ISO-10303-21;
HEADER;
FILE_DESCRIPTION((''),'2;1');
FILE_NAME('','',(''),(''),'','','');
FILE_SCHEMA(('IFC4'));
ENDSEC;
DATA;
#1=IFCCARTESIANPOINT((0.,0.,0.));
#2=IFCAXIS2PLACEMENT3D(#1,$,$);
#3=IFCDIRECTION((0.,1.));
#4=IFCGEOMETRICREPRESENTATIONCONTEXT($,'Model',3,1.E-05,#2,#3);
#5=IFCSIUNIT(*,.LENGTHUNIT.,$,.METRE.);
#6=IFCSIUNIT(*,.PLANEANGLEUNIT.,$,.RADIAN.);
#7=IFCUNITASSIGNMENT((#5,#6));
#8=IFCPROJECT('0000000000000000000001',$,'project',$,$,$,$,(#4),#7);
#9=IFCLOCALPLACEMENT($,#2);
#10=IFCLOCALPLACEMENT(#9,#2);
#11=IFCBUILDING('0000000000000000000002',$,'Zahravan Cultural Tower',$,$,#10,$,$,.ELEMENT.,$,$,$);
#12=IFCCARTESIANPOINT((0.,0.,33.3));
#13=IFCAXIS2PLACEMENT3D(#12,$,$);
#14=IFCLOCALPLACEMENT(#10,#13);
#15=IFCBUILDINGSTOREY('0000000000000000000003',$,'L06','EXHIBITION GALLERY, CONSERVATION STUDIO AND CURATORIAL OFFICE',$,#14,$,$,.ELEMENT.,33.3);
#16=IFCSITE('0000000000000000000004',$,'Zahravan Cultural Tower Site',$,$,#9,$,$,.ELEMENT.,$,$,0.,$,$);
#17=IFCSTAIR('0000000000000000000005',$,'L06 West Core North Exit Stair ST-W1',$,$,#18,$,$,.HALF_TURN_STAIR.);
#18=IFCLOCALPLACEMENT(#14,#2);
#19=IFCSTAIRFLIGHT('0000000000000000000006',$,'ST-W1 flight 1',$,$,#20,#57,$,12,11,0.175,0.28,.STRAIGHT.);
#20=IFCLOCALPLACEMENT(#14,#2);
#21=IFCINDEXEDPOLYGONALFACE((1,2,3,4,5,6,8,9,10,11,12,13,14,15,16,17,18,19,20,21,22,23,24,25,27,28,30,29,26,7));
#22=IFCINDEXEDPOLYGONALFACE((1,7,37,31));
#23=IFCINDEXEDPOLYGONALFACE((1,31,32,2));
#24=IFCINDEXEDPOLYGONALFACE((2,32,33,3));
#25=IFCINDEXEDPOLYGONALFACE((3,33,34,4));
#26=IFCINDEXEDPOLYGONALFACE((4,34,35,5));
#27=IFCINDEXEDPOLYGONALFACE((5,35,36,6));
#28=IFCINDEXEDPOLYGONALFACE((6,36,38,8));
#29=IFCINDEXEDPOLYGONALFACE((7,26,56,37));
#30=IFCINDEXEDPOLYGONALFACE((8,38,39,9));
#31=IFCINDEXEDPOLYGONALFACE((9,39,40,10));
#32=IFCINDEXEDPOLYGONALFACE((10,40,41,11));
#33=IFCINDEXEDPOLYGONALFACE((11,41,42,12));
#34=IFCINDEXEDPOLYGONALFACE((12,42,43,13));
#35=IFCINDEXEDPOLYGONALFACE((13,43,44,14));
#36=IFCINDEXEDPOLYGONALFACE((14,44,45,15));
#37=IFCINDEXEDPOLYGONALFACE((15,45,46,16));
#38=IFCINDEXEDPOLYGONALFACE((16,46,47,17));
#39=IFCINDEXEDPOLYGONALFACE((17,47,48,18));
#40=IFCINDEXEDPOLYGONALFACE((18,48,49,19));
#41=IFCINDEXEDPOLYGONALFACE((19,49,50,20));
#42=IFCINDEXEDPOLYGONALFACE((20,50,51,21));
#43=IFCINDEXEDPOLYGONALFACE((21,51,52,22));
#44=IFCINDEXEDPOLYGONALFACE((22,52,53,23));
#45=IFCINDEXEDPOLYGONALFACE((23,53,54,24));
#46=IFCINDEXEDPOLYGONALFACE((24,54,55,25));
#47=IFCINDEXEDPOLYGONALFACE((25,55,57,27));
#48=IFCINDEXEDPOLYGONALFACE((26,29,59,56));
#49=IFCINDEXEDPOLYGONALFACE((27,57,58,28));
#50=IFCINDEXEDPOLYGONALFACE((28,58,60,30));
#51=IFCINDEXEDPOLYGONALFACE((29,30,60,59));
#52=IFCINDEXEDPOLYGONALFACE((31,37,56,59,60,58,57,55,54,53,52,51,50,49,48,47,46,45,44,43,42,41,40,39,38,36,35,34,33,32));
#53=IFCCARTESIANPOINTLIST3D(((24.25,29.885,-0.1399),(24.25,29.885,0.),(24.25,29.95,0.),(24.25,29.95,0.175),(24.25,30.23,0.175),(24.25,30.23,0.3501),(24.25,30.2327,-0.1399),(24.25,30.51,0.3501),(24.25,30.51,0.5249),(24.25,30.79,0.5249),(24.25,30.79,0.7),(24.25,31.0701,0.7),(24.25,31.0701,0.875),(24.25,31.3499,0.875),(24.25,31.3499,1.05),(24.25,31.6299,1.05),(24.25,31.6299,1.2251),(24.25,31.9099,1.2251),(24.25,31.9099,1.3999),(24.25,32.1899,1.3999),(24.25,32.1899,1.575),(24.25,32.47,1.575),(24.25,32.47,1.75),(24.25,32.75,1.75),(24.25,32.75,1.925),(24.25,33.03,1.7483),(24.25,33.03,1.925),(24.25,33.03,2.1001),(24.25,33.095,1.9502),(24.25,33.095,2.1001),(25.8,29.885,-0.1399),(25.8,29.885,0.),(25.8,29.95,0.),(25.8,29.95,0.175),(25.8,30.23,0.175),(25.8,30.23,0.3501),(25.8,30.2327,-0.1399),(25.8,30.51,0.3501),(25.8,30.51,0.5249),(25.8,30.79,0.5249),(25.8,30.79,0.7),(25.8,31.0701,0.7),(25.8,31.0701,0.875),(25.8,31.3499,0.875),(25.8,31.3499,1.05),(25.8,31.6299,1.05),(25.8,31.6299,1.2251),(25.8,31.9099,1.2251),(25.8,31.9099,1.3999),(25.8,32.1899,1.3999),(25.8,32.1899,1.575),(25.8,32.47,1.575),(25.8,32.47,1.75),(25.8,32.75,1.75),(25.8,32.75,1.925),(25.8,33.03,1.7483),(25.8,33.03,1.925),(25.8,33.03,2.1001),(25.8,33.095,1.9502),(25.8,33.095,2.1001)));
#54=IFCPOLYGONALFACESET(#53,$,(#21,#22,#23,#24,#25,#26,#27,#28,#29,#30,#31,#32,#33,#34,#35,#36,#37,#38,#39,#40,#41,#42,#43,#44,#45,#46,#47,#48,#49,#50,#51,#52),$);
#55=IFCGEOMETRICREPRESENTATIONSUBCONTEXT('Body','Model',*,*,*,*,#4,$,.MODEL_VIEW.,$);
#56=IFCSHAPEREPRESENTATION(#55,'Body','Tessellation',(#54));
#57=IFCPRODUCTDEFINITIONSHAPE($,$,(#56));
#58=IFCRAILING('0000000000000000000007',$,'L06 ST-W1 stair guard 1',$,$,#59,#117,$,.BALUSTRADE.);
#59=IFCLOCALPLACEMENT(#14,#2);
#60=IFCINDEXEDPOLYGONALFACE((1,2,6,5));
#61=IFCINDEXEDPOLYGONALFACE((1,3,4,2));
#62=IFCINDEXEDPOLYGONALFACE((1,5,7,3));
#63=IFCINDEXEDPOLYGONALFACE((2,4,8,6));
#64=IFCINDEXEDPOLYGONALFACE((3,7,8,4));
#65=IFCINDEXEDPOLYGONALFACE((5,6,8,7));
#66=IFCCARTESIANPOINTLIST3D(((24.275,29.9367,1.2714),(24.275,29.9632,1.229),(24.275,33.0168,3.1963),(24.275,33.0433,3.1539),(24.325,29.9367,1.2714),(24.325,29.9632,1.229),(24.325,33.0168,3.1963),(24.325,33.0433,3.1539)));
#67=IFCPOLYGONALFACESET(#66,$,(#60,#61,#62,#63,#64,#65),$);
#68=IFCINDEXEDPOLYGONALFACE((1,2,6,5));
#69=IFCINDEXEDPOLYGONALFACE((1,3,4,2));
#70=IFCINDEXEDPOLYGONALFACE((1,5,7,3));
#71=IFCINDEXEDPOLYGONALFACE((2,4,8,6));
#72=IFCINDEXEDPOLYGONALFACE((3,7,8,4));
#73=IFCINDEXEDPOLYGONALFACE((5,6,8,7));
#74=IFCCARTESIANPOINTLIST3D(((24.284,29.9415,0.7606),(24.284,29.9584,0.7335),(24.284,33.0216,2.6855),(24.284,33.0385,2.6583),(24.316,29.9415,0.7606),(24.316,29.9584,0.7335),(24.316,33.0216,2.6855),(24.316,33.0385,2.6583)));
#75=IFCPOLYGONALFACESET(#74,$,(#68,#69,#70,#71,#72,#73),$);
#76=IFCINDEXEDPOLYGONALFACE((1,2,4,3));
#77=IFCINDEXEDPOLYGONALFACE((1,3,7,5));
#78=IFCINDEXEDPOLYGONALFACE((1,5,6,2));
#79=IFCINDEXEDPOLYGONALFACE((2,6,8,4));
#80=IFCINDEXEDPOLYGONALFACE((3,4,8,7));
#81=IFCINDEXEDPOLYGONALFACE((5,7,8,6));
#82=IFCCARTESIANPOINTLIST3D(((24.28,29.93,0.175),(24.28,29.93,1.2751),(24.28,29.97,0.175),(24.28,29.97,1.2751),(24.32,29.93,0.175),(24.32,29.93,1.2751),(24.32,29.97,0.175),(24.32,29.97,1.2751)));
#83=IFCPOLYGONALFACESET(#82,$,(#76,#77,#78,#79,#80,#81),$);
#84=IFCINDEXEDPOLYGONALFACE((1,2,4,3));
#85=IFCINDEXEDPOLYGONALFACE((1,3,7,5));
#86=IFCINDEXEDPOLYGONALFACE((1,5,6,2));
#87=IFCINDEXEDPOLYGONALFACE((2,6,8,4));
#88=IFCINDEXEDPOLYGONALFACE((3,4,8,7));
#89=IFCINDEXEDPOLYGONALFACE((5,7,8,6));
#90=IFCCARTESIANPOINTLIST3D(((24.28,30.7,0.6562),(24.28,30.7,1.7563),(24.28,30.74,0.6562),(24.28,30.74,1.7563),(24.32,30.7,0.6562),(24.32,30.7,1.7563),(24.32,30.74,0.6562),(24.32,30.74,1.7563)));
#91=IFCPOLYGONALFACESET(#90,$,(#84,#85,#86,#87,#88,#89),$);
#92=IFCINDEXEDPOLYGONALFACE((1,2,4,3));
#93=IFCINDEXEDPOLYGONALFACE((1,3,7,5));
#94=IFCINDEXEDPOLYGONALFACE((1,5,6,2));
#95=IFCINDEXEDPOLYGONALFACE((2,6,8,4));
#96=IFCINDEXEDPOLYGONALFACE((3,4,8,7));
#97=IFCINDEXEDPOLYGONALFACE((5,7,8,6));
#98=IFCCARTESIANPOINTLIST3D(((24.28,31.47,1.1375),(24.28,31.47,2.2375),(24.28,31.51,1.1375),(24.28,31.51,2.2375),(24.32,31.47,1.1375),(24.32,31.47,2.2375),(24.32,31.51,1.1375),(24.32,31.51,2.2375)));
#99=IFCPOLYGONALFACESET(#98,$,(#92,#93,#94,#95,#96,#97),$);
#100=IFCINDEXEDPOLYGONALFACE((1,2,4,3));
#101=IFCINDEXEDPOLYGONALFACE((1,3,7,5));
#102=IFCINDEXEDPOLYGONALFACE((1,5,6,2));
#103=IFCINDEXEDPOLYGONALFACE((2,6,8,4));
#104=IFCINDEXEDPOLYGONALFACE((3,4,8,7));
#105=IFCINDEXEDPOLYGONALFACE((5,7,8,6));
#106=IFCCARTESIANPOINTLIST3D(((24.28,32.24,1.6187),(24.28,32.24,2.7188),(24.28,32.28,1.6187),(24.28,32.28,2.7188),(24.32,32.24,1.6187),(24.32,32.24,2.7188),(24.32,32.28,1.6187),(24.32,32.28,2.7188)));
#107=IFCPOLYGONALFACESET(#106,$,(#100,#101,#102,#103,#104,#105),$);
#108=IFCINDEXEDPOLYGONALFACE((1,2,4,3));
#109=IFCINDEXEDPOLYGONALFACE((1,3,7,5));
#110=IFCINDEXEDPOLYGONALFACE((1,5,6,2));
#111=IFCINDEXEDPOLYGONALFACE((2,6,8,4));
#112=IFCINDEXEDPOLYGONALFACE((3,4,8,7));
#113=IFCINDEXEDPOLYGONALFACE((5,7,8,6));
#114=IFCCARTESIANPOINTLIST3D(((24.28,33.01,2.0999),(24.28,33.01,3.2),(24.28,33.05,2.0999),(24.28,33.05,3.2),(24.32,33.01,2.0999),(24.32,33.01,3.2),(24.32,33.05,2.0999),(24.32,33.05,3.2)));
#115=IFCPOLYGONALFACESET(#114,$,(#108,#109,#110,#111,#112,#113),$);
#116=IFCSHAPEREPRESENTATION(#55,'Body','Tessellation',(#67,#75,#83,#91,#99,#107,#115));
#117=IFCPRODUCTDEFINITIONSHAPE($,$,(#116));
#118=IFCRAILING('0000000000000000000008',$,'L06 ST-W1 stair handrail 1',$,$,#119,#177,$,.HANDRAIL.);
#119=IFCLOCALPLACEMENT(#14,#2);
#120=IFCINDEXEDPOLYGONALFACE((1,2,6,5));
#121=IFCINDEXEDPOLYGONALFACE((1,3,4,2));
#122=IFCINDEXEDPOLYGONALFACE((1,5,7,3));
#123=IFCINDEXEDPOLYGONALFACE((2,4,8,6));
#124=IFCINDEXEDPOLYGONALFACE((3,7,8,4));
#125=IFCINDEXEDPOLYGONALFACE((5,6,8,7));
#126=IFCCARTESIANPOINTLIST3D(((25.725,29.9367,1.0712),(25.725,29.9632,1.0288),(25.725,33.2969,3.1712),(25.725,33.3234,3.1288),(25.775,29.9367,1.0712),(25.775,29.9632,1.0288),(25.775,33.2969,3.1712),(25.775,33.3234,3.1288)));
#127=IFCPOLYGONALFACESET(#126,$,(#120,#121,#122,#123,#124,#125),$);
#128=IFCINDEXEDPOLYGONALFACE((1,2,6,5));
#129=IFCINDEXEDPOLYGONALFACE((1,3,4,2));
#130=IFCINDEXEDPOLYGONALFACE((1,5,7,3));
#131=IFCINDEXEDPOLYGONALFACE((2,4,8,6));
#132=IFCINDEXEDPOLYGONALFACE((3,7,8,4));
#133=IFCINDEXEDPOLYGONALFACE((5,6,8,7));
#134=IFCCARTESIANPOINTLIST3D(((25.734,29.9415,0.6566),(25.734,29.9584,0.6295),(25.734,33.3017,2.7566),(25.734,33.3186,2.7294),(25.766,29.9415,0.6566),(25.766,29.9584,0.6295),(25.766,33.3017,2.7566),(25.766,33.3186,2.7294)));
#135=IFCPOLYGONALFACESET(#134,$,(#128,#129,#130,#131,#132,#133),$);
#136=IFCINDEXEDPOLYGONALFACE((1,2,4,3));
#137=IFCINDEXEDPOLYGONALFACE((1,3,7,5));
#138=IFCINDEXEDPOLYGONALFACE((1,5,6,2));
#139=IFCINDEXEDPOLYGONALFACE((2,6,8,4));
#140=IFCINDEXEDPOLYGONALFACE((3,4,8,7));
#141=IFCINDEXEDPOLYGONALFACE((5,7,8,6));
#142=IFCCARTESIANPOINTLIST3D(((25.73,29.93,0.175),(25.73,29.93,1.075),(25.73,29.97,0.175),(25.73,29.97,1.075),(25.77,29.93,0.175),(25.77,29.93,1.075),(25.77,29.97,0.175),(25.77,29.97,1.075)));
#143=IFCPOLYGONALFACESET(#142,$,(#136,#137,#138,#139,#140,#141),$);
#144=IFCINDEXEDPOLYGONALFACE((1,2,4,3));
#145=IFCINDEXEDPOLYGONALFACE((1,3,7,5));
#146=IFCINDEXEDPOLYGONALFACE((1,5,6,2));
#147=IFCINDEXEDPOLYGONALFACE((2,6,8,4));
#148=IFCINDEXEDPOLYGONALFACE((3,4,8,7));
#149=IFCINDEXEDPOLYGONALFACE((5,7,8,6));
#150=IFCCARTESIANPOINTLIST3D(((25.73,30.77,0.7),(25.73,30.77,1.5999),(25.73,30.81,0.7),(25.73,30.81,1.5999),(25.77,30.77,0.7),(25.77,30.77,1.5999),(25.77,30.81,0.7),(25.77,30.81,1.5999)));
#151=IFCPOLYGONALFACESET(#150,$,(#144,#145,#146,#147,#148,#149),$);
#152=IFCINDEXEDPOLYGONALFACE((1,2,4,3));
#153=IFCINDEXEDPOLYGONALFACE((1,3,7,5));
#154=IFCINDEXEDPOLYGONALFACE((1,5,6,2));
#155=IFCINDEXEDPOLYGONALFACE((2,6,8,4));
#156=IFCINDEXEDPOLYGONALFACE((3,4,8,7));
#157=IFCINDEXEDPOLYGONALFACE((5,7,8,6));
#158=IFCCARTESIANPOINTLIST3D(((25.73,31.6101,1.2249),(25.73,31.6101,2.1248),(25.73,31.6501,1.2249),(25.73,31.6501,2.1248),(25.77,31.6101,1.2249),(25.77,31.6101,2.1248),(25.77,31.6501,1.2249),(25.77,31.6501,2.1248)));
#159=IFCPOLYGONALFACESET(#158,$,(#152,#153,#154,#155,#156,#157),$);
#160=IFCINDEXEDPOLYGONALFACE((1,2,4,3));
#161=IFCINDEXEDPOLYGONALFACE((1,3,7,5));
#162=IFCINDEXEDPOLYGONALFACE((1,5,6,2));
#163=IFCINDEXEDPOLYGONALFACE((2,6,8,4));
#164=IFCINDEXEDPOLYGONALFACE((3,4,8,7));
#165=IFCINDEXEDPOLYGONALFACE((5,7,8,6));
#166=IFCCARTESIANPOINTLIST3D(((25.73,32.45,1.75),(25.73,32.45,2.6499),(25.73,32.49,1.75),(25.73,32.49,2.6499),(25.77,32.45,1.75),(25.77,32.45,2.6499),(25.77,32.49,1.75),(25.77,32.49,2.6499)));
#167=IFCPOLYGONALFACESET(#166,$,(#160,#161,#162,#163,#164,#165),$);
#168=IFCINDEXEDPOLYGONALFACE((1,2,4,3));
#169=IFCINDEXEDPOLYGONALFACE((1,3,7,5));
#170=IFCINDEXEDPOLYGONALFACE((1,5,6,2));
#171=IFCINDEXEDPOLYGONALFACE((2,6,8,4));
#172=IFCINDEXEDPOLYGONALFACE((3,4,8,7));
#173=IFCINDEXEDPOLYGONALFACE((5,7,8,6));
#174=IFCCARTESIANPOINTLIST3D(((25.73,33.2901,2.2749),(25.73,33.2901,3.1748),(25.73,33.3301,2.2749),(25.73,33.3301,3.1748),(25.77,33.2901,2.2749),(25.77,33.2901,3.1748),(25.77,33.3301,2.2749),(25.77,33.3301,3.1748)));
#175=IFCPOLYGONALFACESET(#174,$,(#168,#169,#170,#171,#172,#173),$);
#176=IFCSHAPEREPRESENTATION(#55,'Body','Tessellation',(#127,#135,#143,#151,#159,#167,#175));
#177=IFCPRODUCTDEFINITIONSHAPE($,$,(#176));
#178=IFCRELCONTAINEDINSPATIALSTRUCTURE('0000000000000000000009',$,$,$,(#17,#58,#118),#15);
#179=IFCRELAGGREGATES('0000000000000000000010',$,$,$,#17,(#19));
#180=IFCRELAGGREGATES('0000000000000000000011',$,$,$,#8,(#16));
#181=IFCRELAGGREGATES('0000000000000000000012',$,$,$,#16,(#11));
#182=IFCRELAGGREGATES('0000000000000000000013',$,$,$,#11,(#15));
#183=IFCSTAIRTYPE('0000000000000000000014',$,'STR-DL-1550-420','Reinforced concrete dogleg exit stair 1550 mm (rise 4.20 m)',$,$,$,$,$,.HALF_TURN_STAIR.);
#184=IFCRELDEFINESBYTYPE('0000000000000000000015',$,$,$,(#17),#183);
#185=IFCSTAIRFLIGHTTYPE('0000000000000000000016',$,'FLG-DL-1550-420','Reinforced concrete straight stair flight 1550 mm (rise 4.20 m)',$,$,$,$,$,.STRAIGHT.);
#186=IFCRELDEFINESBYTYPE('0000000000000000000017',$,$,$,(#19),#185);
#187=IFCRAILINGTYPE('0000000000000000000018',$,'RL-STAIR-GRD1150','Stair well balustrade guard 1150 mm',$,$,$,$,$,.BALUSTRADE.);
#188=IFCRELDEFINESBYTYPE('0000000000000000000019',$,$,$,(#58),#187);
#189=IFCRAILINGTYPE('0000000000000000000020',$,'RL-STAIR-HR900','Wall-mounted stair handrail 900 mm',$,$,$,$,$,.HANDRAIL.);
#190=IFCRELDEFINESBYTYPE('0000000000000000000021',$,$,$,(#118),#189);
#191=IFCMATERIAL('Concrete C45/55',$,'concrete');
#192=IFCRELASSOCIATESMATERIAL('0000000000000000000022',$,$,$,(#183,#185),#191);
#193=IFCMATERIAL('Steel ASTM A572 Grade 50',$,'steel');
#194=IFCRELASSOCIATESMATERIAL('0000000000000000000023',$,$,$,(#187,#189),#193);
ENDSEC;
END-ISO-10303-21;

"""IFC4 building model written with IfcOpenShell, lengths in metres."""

from ifc_helpers import new_model, si_unit, direction, frame, origin, origin_2d, place, context, subcontext, project, spatial, polyline, rectangle, outline, extrude, material, type_object, element, aggregate, save


model = new_model("IFC4")

# Units and contexts
model_context = context("Model", 3, precision=1e-05, world=origin(), true_north=direction((0.0, 1.0)))
body_context = subcontext(model_context, "Body", "Model", "MODEL_VIEW")
ifc_project = project(units=[si_unit("LENGTHUNIT", "METRE"), si_unit("PLANEANGLEUNIT", "RADIAN")], contexts=[model_context])

# Site, building, storey
site_placement = place(None, origin())
site = spatial("IfcSite", under=ifc_project, at=site_placement, Name="Zahravan Cultural Tower Site", CompositionType="ELEMENT", RefElevation=0.0)
building_placement = place(site_placement, origin())
building = spatial("IfcBuilding", under=site, at=building_placement, Name="Zahravan Cultural Tower", CompositionType="ELEMENT")
storey_placement = place(building_placement, frame((0.0, 0.0, 33.3)))
storey = spatial("IfcBuildingStorey", under=building, at=storey_placement, Name="L06", Description="EXHIBITION GALLERY, CONSERVATION STUDIO AND CURATORIAL OFFICE", CompositionType="ELEMENT", Elevation=33.3)

# Shared definitions
ifc_material_1 = material(Name="Steel ASTM A572 Grade 50", Category="steel")
ifc_material_2 = material(Name="Concrete C45/55", Category="concrete")

# Stair, stair flight
stair_type = type_object("IfcStairType", Name="STR-DL-1550-420", Description="Reinforced concrete dogleg exit stair 1550 mm (rise 4.20 m)", PredefinedType="HALF_TURN_STAIR", material=ifc_material_2)
stair_placement = place(storey_placement, origin())
stair = element("IfcStair", 1, at=stair_placement, inside=storey, type_object=stair_type, Name="L06 West Core North Exit Stair ST-W1", PredefinedType="HALF_TURN_STAIR")
stair_flight_type = type_object("IfcStairFlightType", Name="FLG-DL-1550-420", Description="Reinforced concrete straight stair flight 1550 mm (rise 4.20 m)", PredefinedType="STRAIGHT", material=ifc_material_2)
stair_flight_placement = place(storey_placement, frame((25.0249, 29.95, 0.0), z_axis=(0.0, 0.0, 1.0), x_axis=(0.0, 1.0, 0.0)))
stair_flight = element("IfcStairFlight", 2, at=stair_flight_placement, type_object=stair_flight_type, Name="ST-W1 flight 1", NumberOfRisers=12, NumberOfTreads=11, PredefinedType="STRAIGHT", RiserHeight=0.175, TreadLength=0.28, context=body_context, shape_type="SweptSolid", body=[
    extrude(outline(polyline([(-0.0649, -0.1399), (-0.0649, 0.0), (0.0, 0.0), (0.0, 0.175), (0.28, 0.175), (0.28, 0.3501), (0.5601, 0.3501), (0.5601, 0.5249), (0.8401, 0.5249), (0.8401, 0.7), (1.1201, 0.7), (1.1201, 0.875), (1.3999, 0.875), (1.3999, 1.05), (1.6799, 1.05), (1.6799, 1.2251), (1.96, 1.2251), (1.96, 1.3999), (2.24, 1.3999), (2.24, 1.575), (2.52, 1.575), (2.52, 1.75), (2.8, 1.75), (2.8, 1.925), (3.0801, 1.925), (3.0801, 2.1001), (3.145, 2.1001), (3.145, 1.9502), (3.0801, 1.7483), (0.2827, -0.1399), (-0.0649, -0.1399)])), frame((0.0, 0.7749, 0.0), z_axis=(0.0, -1.0, 0.0), x_axis=(1.0, 0.0, 0.0)), (0.0, 0.0, 1.0), 1.55),
])
aggregate(stair, [stair_flight])

# Railings
railing_type_1 = type_object("IfcRailingType", Name="RL-STAIR-GRD1150", Description="Stair well balustrade guard 1150 mm", PredefinedType="BALUSTRADE", material=ifc_material_1)
railing_1_placement = place(storey_placement, frame((24.3, 29.95, 0.175)))
element("IfcRailing", 3, at=railing_1_placement, inside=storey, type_object=railing_type_1, Name="L06 ST-W1 stair guard 1", PredefinedType="BALUSTRADE", context=body_context, shape_type="SweptSolid", body=[
    extrude(rectangle(XDim=0.05, YDim=0.05, at=origin_2d()), frame((0.0, 0.0, 1.0752), z_axis=(0.0, 0.848029, 0.529951), x_axis=(-1.0, 0.0, 0.0)), (0.0, 0.0, 1.0), 3.6321),
    extrude(rectangle(XDim=0.032, YDim=0.032, at=origin_2d()), frame((0.0, 0.0, 0.572), z_axis=(0.0, 0.848029, 0.529951), x_axis=(-1.0, 0.0, 0.0)), (0.0, 0.0, 1.0), 3.6321),
    extrude(rectangle(XDim=0.04, YDim=0.04, at=origin_2d()), origin(), (0.0, 0.0, 1.0), 1.1001),
    extrude(rectangle(XDim=0.04, YDim=0.04, at=origin_2d()), frame((0.0, 0.77, 0.4812)), (0.0, 0.0, 1.0), 1.1001),
    extrude(rectangle(XDim=0.04, YDim=0.04, at=origin_2d()), frame((0.0, 1.54, 0.9624)), (0.0, 0.0, 1.0), 1.1001),
    extrude(rectangle(XDim=0.04, YDim=0.04, at=origin_2d()), frame((0.0, 2.3101, 1.4436)), (0.0, 0.0, 1.0), 1.1001),
    extrude(rectangle(XDim=0.04, YDim=0.04, at=origin_2d()), frame((0.0, 3.0801, 1.9248)), (0.0, 0.0, 1.0), 1.1001),
])
railing_type_2 = type_object("IfcRailingType", Name="RL-STAIR-HR900", Description="Wall-mounted stair handrail 900 mm", PredefinedType="HANDRAIL", material=ifc_material_1)
railing_2_placement = place(storey_placement, frame((25.75, 29.95, 0.175)))
element("IfcRailing", 4, at=railing_2_placement, inside=storey, type_object=railing_type_2, Name="L06 ST-W1 stair handrail 1", PredefinedType="HANDRAIL", context=body_context, shape_type="SweptSolid", body=[
    extrude(rectangle(XDim=0.05, YDim=0.05, at=origin_2d()), frame((0.0, 0.0, 0.875), z_axis=(0.0, 0.848023, 0.52996), x_axis=(-1.0, 0.0, 0.0)), (0.0, 0.0, 1.0), 3.9624),
    extrude(rectangle(XDim=0.032, YDim=0.032, at=origin_2d()), frame((0.0, 0.0, 0.468), z_axis=(0.0, 0.848023, 0.52996), x_axis=(-1.0, 0.0, 0.0)), (0.0, 0.0, 1.0), 3.9624),
    extrude(rectangle(XDim=0.04, YDim=0.04, at=origin_2d()), origin(), (0.0, 0.0, 1.0), 0.8999),
    extrude(rectangle(XDim=0.04, YDim=0.04, at=origin_2d()), frame((0.0, 0.8401, 0.5249)), (0.0, 0.0, 1.0), 0.8999),
    extrude(rectangle(XDim=0.04, YDim=0.04, at=origin_2d()), frame((0.0, 1.6802, 1.0498)), (0.0, 0.0, 1.0), 0.8999),
    extrude(rectangle(XDim=0.04, YDim=0.04, at=origin_2d()), frame((0.0, 2.52, 1.575)), (0.0, 0.0, 1.0), 0.8999),
    extrude(rectangle(XDim=0.04, YDim=0.04, at=origin_2d()), frame((0.0, 3.3601, 2.0999)), (0.0, 0.0, 1.0), 0.8999),
])

save(model, "model.ifc")
